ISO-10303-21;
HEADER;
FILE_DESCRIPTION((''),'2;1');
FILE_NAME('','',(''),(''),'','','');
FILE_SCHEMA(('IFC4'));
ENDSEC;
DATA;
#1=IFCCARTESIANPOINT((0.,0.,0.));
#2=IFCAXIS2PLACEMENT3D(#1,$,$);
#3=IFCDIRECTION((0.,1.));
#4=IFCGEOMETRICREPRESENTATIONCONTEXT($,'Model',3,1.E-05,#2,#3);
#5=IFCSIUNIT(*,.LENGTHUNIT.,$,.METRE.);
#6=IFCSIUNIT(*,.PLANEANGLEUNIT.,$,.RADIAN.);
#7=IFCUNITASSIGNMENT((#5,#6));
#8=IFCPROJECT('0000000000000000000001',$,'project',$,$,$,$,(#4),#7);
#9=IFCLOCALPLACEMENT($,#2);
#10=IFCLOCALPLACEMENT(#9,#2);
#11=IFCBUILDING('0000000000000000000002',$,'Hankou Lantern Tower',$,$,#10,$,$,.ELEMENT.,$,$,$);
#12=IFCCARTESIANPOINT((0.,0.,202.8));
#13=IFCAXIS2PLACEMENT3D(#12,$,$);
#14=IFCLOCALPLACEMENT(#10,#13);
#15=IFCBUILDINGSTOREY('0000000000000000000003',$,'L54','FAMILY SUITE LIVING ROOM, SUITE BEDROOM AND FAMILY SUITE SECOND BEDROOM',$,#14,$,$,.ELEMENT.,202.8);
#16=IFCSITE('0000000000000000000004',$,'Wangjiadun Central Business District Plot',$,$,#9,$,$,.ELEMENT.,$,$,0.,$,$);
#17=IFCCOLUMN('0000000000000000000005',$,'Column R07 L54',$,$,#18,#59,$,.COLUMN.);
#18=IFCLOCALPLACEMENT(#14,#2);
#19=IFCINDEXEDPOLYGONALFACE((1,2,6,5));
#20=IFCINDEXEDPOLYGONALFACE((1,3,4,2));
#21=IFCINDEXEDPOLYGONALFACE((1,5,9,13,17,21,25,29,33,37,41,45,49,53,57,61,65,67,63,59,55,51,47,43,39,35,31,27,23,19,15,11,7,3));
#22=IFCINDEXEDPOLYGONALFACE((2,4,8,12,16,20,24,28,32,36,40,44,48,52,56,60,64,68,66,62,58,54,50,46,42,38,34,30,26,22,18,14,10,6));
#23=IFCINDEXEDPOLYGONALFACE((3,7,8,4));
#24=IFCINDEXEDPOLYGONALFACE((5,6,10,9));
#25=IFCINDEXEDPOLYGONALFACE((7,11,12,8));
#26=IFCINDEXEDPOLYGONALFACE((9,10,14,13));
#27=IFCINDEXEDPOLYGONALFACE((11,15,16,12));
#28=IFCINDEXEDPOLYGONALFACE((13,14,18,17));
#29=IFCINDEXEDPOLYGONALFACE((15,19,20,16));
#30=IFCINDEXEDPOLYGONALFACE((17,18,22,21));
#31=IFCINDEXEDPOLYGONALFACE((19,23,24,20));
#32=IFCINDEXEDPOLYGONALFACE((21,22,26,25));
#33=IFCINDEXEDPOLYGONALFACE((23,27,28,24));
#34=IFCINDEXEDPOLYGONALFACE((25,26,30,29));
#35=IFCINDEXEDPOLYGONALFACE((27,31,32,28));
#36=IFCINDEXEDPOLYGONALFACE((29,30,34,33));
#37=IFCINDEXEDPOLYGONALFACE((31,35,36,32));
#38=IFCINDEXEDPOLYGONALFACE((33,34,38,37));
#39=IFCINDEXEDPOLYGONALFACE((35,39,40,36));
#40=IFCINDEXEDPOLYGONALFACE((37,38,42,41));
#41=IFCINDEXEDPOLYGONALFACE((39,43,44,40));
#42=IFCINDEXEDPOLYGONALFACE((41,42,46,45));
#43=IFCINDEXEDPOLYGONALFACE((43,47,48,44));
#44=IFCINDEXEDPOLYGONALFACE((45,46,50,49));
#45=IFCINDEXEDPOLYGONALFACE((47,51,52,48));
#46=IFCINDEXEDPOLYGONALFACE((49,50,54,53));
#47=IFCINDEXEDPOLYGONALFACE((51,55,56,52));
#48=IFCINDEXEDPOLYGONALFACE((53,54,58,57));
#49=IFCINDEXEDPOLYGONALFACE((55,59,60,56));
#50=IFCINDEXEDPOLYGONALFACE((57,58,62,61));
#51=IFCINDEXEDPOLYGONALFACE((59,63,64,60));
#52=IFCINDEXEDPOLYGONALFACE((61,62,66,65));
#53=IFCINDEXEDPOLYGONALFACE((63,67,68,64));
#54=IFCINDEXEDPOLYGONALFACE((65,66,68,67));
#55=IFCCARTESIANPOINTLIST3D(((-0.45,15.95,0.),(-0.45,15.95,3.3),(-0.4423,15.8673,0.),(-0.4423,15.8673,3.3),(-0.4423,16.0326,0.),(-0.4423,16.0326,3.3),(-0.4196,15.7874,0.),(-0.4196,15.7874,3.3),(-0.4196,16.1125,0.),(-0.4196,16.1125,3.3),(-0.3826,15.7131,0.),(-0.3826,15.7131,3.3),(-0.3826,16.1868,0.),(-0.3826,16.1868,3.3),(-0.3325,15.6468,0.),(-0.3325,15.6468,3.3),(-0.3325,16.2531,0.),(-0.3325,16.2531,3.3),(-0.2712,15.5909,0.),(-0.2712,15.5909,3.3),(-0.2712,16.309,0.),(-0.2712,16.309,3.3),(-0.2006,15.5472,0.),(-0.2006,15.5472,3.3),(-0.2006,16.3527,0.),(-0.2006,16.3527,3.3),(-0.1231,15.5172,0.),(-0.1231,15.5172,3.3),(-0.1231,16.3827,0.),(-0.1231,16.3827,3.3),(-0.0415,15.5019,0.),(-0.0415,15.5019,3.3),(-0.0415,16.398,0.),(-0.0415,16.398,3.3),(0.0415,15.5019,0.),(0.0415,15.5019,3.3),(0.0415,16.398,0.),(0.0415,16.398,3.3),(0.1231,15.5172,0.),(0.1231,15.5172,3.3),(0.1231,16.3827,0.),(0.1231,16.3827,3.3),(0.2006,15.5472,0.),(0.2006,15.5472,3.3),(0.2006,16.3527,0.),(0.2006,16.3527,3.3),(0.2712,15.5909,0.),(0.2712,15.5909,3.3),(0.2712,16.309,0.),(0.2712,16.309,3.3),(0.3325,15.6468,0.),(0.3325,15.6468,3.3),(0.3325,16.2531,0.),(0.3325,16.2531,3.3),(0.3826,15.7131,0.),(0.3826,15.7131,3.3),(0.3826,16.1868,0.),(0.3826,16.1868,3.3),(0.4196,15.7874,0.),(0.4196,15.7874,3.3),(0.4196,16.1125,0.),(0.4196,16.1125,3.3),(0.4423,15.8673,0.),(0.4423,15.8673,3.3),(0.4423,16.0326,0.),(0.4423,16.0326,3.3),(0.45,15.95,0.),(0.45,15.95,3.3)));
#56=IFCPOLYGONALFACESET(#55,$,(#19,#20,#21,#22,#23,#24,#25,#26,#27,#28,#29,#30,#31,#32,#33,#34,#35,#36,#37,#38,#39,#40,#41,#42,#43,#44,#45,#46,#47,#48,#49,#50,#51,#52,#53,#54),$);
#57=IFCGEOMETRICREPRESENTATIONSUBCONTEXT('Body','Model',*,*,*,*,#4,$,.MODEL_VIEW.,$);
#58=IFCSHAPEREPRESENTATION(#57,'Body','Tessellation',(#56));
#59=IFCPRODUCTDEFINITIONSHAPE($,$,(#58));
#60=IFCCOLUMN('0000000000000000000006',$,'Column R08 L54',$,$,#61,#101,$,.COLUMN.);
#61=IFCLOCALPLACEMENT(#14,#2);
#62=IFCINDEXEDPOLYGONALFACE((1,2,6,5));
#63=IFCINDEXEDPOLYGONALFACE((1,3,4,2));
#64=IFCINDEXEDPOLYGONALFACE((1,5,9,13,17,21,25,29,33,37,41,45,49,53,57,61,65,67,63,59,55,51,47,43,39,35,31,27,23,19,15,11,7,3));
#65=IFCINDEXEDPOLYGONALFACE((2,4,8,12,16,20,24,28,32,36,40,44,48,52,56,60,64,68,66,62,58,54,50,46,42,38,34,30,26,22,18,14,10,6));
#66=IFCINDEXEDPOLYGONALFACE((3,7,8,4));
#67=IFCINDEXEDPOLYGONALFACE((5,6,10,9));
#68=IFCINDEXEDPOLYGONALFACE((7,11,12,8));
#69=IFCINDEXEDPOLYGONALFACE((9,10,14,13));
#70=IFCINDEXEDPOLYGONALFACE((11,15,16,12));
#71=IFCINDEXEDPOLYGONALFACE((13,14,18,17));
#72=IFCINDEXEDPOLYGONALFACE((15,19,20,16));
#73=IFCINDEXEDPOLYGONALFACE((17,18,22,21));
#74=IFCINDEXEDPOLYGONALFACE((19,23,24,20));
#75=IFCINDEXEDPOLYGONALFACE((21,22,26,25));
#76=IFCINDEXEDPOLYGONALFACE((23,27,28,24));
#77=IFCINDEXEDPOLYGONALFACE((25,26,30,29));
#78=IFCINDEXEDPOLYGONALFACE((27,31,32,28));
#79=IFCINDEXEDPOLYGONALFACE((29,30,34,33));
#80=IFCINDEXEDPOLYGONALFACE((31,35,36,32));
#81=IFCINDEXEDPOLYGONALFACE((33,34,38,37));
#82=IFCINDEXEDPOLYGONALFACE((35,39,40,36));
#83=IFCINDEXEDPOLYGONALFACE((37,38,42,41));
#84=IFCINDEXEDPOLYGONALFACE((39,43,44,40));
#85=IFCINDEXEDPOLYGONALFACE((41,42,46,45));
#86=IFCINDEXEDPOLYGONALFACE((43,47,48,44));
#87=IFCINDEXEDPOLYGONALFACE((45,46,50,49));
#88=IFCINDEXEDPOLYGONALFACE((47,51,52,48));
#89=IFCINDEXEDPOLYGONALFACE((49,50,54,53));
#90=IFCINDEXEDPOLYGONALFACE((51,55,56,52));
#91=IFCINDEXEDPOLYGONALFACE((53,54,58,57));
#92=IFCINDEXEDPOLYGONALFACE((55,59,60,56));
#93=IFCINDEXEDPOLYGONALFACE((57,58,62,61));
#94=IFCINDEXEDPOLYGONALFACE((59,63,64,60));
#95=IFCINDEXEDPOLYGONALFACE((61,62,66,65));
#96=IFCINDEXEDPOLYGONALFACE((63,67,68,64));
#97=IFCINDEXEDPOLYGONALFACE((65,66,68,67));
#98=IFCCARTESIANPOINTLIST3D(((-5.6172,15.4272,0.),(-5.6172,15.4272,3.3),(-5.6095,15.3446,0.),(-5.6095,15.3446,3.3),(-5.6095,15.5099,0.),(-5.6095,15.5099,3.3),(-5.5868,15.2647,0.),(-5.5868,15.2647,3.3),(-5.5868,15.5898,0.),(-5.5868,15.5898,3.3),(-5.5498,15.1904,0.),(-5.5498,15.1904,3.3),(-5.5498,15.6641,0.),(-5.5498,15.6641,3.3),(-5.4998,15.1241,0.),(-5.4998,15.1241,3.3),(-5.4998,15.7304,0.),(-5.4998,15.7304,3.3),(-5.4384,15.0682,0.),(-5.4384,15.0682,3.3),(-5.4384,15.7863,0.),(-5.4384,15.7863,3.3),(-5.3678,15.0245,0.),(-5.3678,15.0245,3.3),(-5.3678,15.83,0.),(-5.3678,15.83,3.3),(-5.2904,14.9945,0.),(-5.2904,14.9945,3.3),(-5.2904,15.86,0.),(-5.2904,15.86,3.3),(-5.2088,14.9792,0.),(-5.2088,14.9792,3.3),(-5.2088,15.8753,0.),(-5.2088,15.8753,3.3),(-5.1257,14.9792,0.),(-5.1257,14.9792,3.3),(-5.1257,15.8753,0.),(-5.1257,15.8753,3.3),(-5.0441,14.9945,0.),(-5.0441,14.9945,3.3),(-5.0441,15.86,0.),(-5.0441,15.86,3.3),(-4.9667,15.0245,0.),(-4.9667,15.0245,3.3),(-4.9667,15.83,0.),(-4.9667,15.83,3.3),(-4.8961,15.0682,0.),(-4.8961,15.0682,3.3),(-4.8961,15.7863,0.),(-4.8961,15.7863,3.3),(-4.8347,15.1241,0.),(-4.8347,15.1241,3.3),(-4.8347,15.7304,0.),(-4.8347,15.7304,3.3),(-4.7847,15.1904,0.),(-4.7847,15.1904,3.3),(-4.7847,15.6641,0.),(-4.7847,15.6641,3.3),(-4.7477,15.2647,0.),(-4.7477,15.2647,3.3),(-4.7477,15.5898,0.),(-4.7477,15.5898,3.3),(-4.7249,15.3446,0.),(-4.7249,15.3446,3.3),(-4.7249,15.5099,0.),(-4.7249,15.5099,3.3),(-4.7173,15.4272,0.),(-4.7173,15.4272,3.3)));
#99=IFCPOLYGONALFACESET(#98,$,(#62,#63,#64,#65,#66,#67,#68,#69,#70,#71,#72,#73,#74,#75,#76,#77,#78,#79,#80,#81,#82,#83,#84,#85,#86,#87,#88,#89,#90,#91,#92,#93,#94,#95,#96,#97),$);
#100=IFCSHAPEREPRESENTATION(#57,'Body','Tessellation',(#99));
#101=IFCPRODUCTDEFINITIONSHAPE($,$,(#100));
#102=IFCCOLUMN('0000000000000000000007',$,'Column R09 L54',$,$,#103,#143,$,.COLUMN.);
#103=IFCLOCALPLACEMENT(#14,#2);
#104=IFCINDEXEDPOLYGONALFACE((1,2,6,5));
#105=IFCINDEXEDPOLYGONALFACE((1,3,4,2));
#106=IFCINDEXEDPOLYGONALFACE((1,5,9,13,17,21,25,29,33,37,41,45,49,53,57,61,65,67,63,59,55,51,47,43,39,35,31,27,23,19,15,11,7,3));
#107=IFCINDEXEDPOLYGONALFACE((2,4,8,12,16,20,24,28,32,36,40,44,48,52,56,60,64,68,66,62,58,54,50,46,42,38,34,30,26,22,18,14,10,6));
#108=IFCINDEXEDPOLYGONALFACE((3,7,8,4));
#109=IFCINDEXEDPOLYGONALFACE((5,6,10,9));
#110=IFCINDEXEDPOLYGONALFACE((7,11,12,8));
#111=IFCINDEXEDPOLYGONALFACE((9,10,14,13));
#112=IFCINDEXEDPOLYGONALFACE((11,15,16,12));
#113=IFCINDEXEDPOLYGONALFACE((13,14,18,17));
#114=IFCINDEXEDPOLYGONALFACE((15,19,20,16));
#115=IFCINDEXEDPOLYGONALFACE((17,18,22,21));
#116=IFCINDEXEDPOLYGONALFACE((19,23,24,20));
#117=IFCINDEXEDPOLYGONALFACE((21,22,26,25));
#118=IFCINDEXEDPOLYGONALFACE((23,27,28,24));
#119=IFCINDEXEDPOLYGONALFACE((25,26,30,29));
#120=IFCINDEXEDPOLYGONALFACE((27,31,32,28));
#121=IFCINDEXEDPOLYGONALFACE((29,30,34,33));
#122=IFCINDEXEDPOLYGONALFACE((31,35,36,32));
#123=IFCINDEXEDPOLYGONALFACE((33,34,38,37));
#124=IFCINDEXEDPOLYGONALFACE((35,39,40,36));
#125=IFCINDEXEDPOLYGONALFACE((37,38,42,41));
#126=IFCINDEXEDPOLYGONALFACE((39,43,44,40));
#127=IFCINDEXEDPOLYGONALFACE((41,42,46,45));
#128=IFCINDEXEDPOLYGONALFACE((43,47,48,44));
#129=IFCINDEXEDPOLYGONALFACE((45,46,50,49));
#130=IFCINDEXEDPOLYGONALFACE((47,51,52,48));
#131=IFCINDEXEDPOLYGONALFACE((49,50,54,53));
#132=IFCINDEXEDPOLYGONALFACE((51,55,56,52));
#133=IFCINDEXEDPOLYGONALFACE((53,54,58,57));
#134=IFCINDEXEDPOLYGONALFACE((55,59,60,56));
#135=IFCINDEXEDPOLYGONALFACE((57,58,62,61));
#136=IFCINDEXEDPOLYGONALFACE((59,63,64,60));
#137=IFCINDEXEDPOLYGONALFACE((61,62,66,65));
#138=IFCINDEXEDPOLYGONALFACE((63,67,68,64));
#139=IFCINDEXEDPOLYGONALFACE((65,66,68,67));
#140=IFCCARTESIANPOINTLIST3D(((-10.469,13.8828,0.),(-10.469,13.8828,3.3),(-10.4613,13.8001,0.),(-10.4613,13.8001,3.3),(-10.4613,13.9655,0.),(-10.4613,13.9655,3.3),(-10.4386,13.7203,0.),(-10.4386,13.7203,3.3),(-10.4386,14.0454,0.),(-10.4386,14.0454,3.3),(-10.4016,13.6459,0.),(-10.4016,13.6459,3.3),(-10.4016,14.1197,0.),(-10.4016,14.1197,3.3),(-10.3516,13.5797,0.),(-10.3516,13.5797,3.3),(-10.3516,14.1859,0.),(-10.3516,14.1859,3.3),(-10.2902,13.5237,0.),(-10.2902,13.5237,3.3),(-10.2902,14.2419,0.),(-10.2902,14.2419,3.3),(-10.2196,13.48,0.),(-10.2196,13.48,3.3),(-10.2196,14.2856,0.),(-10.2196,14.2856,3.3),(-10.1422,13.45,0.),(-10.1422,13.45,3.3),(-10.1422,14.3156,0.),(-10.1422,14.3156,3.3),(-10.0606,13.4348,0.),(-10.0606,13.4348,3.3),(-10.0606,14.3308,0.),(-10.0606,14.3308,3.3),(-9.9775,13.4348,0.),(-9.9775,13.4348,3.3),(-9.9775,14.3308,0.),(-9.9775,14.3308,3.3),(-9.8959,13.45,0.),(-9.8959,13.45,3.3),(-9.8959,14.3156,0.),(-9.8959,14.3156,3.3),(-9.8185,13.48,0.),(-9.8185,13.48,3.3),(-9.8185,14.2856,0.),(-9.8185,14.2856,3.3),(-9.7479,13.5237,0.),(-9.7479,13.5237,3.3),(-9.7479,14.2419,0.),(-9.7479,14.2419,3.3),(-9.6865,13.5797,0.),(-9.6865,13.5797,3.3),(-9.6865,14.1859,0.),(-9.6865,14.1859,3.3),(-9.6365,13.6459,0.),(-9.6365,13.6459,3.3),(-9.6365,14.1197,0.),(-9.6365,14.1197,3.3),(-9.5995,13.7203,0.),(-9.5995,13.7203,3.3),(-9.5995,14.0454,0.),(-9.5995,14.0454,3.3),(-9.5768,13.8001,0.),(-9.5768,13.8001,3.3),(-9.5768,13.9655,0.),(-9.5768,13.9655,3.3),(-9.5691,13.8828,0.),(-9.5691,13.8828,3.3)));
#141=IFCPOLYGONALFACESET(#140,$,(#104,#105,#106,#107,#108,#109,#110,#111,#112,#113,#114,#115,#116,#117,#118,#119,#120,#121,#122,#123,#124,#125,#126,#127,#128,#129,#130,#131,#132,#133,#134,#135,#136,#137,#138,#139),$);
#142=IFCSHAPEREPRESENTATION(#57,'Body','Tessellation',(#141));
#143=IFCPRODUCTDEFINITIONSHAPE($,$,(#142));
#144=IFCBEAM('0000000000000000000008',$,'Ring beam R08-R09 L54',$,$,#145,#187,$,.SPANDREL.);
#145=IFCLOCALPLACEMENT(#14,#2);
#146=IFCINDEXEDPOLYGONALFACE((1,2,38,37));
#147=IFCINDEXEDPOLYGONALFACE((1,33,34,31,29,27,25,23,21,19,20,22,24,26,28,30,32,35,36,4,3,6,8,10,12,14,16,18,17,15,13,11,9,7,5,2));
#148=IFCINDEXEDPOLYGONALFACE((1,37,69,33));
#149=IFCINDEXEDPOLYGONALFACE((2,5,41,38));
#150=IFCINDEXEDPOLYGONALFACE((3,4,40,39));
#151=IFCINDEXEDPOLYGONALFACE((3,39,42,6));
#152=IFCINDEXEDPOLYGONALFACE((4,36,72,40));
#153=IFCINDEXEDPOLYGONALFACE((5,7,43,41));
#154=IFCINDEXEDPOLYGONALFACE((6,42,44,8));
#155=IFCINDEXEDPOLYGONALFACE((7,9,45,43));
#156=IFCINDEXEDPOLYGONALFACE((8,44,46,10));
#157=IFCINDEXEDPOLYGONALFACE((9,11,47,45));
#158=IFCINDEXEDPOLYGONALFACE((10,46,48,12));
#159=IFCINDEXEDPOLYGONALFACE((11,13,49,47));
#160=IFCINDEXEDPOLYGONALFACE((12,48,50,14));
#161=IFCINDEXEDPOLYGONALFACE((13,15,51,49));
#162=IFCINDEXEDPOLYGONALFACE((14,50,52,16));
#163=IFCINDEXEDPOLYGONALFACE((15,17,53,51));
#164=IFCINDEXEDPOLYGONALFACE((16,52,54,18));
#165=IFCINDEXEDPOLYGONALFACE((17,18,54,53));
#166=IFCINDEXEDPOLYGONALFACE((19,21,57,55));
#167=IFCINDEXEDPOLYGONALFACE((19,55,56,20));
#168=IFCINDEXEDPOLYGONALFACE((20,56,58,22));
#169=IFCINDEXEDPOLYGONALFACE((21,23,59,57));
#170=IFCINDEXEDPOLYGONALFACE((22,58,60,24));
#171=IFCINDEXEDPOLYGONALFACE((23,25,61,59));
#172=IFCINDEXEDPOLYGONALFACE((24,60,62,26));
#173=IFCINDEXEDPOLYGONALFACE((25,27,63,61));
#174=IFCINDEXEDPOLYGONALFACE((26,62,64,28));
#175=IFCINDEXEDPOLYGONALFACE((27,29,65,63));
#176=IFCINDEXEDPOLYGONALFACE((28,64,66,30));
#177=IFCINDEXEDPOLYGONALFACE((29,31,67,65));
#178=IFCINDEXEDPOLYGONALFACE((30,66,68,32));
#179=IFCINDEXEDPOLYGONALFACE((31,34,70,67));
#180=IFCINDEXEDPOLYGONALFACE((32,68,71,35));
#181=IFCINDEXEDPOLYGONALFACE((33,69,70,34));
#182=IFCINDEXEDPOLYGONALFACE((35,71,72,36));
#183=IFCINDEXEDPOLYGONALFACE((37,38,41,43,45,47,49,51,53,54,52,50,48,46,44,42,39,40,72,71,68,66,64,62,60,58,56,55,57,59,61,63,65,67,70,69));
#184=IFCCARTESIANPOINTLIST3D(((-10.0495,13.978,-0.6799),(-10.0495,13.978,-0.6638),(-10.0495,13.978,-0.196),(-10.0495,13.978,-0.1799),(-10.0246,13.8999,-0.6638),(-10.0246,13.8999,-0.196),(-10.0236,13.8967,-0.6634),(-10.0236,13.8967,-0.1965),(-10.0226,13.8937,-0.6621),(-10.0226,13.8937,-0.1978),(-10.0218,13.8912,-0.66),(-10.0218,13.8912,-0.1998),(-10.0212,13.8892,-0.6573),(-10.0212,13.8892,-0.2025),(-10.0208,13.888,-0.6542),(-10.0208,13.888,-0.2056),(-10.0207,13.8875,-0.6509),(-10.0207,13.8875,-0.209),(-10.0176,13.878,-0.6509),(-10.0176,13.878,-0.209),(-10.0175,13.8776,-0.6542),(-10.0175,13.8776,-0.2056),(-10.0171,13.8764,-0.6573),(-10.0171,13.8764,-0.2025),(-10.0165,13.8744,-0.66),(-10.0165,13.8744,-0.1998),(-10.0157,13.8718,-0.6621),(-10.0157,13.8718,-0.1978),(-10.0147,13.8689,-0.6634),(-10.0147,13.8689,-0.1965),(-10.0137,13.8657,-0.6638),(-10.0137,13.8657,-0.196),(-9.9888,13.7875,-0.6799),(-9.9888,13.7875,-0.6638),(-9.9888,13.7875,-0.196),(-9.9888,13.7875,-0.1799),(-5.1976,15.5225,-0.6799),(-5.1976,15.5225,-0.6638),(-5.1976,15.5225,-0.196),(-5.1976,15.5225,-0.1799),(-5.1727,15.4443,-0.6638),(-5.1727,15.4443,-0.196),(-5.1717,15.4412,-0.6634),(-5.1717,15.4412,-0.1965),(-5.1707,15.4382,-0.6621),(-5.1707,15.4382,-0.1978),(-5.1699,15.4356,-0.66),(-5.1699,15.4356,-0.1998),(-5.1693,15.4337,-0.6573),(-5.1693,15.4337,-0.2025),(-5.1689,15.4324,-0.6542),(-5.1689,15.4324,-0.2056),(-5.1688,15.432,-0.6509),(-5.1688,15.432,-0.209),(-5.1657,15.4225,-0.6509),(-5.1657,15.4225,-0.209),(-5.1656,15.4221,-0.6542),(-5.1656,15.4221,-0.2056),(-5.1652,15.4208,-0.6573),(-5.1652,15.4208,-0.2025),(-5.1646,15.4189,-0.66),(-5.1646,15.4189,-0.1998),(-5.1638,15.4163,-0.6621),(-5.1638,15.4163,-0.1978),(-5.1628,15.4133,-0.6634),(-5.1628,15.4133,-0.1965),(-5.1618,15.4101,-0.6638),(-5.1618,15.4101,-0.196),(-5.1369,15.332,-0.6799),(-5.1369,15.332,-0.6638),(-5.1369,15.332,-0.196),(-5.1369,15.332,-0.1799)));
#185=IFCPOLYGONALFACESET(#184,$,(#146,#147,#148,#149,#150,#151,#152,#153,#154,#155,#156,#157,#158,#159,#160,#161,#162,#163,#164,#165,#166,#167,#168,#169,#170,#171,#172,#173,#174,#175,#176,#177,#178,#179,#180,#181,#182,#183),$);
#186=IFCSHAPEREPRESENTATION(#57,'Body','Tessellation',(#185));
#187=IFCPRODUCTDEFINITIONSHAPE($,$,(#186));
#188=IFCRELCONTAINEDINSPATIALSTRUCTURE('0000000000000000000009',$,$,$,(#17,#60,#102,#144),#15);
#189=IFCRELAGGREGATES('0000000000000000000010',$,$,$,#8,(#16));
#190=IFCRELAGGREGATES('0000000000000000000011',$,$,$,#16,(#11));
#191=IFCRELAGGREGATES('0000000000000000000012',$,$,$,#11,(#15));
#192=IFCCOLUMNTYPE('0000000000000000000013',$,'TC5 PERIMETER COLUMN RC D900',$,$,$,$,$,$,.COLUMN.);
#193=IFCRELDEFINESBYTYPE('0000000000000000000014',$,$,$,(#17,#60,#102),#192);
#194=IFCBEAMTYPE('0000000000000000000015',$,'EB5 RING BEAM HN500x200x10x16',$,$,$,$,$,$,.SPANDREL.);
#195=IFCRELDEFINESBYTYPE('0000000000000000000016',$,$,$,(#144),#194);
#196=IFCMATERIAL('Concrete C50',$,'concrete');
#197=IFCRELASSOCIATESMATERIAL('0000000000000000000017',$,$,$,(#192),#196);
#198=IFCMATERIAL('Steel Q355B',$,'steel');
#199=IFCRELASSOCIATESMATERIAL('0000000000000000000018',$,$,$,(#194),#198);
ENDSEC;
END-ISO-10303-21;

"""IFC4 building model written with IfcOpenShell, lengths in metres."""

from ifc_helpers import new_model, si_unit, direction, frame, origin, origin_2d, place, context, subcontext, project, spatial, circle, i_section, extrude, material, material_profile, profile_set, type_object, element, save


model = new_model("IFC4")

# Units and contexts
model_context = context("Model", 3, precision=1e-05, world=origin(), true_north=direction((0.0, 1.0)))
body_context = subcontext(model_context, "Body", "Model", "MODEL_VIEW")
ifc_project = project(units=[si_unit("LENGTHUNIT", "METRE"), si_unit("PLANEANGLEUNIT", "RADIAN")], contexts=[model_context])

# Site, building, storey
site_placement = place(None, origin())
site = spatial("IfcSite", under=ifc_project, at=site_placement, Name="Wangjiadun Central Business District Plot", CompositionType="ELEMENT", RefElevation=0.0)
building_placement = place(site_placement, origin())
building = spatial("IfcBuilding", under=site, at=building_placement, Name="Hankou Lantern Tower", CompositionType="ELEMENT")
storey_placement = place(building_placement, frame((0.0, 0.0, 202.8)))
storey = spatial("IfcBuildingStorey", under=building, at=storey_placement, Name="L54", Description="FAMILY SUITE LIVING ROOM, SUITE BEDROOM AND FAMILY SUITE SECOND BEDROOM", CompositionType="ELEMENT", Elevation=202.8)

# Columns
ifc_material_1 = material(Name="Concrete C50", Category="concrete")
ifc_material_profile_1 = material_profile(ifc_material_1, circle(Radius=0.45, at=origin_2d()), Name="RC D900")
ifc_profile_set_1 = profile_set([ifc_material_profile_1], Name="Concrete C50")
column_type = type_object("IfcColumnType", Name="TC5 PERIMETER COLUMN RC D900", PredefinedType="COLUMN", material=ifc_profile_set_1)
for number, where, z_axis, x_axis, name in (
    (1, (0.0, 15.95, 0.0), (0.0, 0.0, 1.0), (1.0, 0.0, 0.0), "Column R07 L54"),
    (2, (-5.1672, 15.4272, 0.0), (0.0, 0.0, 1.0), (1.0, 0.0, 0.0), "Column R08 L54"),
    (3, (-10.019, 13.8828, 0.0), (0.0, 0.0, 1.0), (1.0, 0.0, 0.0), "Column R09 L54"),
):
    element("IfcColumn", number, at=place(storey_placement, frame(where, z_axis=z_axis, x_axis=x_axis)), inside=storey, type_object=column_type, Name=name, PredefinedType="COLUMN", context=body_context, shape_type="SweptSolid", body=[
        extrude(circle(Radius=0.45, at=origin_2d()), origin(), (0.0, 0.0, 1.0), 3.3),
    ])

# Beam
ifc_material_2 = material(Name="Steel Q355B", Category="steel")
ifc_material_profile_2 = material_profile(ifc_material_2, i_section(OverallWidth=0.2, OverallDepth=0.5, WebThickness=0.01, FlangeThickness=0.0161, FilletRadius=0.0129, at=origin_2d()), Name="HN500x200x10x16")
ifc_profile_set_2 = profile_set([ifc_material_profile_2], Name="Steel Q355B")
beam_type_1 = type_object("IfcBeamType", Name="EB5 RING BEAM HN500x200x10x16", PredefinedType="SPANDREL", material=ifc_profile_set_2)
beam_1_placement = place(storey_placement, frame((-5.1672, 15.4272, -0.4299), z_axis=(-0.952887, -0.303324, 0.0), x_axis=(0.303324, -0.952887, 0.0)))
element("IfcBeam", 4, at=beam_1_placement, inside=storey, type_object=beam_type_1, Name="Ring beam R08-R09 L54", PredefinedType="SPANDREL", context=body_context, shape_type="SweptSolid", body=[
    extrude(i_section(OverallWidth=0.2, OverallDepth=0.5, WebThickness=0.01, FlangeThickness=0.0161, FilletRadius=0.0129, at=origin_2d()), origin(), (0.0, 0.0, 1.0), 5.0918),
])

save(model, "model.ifc")
